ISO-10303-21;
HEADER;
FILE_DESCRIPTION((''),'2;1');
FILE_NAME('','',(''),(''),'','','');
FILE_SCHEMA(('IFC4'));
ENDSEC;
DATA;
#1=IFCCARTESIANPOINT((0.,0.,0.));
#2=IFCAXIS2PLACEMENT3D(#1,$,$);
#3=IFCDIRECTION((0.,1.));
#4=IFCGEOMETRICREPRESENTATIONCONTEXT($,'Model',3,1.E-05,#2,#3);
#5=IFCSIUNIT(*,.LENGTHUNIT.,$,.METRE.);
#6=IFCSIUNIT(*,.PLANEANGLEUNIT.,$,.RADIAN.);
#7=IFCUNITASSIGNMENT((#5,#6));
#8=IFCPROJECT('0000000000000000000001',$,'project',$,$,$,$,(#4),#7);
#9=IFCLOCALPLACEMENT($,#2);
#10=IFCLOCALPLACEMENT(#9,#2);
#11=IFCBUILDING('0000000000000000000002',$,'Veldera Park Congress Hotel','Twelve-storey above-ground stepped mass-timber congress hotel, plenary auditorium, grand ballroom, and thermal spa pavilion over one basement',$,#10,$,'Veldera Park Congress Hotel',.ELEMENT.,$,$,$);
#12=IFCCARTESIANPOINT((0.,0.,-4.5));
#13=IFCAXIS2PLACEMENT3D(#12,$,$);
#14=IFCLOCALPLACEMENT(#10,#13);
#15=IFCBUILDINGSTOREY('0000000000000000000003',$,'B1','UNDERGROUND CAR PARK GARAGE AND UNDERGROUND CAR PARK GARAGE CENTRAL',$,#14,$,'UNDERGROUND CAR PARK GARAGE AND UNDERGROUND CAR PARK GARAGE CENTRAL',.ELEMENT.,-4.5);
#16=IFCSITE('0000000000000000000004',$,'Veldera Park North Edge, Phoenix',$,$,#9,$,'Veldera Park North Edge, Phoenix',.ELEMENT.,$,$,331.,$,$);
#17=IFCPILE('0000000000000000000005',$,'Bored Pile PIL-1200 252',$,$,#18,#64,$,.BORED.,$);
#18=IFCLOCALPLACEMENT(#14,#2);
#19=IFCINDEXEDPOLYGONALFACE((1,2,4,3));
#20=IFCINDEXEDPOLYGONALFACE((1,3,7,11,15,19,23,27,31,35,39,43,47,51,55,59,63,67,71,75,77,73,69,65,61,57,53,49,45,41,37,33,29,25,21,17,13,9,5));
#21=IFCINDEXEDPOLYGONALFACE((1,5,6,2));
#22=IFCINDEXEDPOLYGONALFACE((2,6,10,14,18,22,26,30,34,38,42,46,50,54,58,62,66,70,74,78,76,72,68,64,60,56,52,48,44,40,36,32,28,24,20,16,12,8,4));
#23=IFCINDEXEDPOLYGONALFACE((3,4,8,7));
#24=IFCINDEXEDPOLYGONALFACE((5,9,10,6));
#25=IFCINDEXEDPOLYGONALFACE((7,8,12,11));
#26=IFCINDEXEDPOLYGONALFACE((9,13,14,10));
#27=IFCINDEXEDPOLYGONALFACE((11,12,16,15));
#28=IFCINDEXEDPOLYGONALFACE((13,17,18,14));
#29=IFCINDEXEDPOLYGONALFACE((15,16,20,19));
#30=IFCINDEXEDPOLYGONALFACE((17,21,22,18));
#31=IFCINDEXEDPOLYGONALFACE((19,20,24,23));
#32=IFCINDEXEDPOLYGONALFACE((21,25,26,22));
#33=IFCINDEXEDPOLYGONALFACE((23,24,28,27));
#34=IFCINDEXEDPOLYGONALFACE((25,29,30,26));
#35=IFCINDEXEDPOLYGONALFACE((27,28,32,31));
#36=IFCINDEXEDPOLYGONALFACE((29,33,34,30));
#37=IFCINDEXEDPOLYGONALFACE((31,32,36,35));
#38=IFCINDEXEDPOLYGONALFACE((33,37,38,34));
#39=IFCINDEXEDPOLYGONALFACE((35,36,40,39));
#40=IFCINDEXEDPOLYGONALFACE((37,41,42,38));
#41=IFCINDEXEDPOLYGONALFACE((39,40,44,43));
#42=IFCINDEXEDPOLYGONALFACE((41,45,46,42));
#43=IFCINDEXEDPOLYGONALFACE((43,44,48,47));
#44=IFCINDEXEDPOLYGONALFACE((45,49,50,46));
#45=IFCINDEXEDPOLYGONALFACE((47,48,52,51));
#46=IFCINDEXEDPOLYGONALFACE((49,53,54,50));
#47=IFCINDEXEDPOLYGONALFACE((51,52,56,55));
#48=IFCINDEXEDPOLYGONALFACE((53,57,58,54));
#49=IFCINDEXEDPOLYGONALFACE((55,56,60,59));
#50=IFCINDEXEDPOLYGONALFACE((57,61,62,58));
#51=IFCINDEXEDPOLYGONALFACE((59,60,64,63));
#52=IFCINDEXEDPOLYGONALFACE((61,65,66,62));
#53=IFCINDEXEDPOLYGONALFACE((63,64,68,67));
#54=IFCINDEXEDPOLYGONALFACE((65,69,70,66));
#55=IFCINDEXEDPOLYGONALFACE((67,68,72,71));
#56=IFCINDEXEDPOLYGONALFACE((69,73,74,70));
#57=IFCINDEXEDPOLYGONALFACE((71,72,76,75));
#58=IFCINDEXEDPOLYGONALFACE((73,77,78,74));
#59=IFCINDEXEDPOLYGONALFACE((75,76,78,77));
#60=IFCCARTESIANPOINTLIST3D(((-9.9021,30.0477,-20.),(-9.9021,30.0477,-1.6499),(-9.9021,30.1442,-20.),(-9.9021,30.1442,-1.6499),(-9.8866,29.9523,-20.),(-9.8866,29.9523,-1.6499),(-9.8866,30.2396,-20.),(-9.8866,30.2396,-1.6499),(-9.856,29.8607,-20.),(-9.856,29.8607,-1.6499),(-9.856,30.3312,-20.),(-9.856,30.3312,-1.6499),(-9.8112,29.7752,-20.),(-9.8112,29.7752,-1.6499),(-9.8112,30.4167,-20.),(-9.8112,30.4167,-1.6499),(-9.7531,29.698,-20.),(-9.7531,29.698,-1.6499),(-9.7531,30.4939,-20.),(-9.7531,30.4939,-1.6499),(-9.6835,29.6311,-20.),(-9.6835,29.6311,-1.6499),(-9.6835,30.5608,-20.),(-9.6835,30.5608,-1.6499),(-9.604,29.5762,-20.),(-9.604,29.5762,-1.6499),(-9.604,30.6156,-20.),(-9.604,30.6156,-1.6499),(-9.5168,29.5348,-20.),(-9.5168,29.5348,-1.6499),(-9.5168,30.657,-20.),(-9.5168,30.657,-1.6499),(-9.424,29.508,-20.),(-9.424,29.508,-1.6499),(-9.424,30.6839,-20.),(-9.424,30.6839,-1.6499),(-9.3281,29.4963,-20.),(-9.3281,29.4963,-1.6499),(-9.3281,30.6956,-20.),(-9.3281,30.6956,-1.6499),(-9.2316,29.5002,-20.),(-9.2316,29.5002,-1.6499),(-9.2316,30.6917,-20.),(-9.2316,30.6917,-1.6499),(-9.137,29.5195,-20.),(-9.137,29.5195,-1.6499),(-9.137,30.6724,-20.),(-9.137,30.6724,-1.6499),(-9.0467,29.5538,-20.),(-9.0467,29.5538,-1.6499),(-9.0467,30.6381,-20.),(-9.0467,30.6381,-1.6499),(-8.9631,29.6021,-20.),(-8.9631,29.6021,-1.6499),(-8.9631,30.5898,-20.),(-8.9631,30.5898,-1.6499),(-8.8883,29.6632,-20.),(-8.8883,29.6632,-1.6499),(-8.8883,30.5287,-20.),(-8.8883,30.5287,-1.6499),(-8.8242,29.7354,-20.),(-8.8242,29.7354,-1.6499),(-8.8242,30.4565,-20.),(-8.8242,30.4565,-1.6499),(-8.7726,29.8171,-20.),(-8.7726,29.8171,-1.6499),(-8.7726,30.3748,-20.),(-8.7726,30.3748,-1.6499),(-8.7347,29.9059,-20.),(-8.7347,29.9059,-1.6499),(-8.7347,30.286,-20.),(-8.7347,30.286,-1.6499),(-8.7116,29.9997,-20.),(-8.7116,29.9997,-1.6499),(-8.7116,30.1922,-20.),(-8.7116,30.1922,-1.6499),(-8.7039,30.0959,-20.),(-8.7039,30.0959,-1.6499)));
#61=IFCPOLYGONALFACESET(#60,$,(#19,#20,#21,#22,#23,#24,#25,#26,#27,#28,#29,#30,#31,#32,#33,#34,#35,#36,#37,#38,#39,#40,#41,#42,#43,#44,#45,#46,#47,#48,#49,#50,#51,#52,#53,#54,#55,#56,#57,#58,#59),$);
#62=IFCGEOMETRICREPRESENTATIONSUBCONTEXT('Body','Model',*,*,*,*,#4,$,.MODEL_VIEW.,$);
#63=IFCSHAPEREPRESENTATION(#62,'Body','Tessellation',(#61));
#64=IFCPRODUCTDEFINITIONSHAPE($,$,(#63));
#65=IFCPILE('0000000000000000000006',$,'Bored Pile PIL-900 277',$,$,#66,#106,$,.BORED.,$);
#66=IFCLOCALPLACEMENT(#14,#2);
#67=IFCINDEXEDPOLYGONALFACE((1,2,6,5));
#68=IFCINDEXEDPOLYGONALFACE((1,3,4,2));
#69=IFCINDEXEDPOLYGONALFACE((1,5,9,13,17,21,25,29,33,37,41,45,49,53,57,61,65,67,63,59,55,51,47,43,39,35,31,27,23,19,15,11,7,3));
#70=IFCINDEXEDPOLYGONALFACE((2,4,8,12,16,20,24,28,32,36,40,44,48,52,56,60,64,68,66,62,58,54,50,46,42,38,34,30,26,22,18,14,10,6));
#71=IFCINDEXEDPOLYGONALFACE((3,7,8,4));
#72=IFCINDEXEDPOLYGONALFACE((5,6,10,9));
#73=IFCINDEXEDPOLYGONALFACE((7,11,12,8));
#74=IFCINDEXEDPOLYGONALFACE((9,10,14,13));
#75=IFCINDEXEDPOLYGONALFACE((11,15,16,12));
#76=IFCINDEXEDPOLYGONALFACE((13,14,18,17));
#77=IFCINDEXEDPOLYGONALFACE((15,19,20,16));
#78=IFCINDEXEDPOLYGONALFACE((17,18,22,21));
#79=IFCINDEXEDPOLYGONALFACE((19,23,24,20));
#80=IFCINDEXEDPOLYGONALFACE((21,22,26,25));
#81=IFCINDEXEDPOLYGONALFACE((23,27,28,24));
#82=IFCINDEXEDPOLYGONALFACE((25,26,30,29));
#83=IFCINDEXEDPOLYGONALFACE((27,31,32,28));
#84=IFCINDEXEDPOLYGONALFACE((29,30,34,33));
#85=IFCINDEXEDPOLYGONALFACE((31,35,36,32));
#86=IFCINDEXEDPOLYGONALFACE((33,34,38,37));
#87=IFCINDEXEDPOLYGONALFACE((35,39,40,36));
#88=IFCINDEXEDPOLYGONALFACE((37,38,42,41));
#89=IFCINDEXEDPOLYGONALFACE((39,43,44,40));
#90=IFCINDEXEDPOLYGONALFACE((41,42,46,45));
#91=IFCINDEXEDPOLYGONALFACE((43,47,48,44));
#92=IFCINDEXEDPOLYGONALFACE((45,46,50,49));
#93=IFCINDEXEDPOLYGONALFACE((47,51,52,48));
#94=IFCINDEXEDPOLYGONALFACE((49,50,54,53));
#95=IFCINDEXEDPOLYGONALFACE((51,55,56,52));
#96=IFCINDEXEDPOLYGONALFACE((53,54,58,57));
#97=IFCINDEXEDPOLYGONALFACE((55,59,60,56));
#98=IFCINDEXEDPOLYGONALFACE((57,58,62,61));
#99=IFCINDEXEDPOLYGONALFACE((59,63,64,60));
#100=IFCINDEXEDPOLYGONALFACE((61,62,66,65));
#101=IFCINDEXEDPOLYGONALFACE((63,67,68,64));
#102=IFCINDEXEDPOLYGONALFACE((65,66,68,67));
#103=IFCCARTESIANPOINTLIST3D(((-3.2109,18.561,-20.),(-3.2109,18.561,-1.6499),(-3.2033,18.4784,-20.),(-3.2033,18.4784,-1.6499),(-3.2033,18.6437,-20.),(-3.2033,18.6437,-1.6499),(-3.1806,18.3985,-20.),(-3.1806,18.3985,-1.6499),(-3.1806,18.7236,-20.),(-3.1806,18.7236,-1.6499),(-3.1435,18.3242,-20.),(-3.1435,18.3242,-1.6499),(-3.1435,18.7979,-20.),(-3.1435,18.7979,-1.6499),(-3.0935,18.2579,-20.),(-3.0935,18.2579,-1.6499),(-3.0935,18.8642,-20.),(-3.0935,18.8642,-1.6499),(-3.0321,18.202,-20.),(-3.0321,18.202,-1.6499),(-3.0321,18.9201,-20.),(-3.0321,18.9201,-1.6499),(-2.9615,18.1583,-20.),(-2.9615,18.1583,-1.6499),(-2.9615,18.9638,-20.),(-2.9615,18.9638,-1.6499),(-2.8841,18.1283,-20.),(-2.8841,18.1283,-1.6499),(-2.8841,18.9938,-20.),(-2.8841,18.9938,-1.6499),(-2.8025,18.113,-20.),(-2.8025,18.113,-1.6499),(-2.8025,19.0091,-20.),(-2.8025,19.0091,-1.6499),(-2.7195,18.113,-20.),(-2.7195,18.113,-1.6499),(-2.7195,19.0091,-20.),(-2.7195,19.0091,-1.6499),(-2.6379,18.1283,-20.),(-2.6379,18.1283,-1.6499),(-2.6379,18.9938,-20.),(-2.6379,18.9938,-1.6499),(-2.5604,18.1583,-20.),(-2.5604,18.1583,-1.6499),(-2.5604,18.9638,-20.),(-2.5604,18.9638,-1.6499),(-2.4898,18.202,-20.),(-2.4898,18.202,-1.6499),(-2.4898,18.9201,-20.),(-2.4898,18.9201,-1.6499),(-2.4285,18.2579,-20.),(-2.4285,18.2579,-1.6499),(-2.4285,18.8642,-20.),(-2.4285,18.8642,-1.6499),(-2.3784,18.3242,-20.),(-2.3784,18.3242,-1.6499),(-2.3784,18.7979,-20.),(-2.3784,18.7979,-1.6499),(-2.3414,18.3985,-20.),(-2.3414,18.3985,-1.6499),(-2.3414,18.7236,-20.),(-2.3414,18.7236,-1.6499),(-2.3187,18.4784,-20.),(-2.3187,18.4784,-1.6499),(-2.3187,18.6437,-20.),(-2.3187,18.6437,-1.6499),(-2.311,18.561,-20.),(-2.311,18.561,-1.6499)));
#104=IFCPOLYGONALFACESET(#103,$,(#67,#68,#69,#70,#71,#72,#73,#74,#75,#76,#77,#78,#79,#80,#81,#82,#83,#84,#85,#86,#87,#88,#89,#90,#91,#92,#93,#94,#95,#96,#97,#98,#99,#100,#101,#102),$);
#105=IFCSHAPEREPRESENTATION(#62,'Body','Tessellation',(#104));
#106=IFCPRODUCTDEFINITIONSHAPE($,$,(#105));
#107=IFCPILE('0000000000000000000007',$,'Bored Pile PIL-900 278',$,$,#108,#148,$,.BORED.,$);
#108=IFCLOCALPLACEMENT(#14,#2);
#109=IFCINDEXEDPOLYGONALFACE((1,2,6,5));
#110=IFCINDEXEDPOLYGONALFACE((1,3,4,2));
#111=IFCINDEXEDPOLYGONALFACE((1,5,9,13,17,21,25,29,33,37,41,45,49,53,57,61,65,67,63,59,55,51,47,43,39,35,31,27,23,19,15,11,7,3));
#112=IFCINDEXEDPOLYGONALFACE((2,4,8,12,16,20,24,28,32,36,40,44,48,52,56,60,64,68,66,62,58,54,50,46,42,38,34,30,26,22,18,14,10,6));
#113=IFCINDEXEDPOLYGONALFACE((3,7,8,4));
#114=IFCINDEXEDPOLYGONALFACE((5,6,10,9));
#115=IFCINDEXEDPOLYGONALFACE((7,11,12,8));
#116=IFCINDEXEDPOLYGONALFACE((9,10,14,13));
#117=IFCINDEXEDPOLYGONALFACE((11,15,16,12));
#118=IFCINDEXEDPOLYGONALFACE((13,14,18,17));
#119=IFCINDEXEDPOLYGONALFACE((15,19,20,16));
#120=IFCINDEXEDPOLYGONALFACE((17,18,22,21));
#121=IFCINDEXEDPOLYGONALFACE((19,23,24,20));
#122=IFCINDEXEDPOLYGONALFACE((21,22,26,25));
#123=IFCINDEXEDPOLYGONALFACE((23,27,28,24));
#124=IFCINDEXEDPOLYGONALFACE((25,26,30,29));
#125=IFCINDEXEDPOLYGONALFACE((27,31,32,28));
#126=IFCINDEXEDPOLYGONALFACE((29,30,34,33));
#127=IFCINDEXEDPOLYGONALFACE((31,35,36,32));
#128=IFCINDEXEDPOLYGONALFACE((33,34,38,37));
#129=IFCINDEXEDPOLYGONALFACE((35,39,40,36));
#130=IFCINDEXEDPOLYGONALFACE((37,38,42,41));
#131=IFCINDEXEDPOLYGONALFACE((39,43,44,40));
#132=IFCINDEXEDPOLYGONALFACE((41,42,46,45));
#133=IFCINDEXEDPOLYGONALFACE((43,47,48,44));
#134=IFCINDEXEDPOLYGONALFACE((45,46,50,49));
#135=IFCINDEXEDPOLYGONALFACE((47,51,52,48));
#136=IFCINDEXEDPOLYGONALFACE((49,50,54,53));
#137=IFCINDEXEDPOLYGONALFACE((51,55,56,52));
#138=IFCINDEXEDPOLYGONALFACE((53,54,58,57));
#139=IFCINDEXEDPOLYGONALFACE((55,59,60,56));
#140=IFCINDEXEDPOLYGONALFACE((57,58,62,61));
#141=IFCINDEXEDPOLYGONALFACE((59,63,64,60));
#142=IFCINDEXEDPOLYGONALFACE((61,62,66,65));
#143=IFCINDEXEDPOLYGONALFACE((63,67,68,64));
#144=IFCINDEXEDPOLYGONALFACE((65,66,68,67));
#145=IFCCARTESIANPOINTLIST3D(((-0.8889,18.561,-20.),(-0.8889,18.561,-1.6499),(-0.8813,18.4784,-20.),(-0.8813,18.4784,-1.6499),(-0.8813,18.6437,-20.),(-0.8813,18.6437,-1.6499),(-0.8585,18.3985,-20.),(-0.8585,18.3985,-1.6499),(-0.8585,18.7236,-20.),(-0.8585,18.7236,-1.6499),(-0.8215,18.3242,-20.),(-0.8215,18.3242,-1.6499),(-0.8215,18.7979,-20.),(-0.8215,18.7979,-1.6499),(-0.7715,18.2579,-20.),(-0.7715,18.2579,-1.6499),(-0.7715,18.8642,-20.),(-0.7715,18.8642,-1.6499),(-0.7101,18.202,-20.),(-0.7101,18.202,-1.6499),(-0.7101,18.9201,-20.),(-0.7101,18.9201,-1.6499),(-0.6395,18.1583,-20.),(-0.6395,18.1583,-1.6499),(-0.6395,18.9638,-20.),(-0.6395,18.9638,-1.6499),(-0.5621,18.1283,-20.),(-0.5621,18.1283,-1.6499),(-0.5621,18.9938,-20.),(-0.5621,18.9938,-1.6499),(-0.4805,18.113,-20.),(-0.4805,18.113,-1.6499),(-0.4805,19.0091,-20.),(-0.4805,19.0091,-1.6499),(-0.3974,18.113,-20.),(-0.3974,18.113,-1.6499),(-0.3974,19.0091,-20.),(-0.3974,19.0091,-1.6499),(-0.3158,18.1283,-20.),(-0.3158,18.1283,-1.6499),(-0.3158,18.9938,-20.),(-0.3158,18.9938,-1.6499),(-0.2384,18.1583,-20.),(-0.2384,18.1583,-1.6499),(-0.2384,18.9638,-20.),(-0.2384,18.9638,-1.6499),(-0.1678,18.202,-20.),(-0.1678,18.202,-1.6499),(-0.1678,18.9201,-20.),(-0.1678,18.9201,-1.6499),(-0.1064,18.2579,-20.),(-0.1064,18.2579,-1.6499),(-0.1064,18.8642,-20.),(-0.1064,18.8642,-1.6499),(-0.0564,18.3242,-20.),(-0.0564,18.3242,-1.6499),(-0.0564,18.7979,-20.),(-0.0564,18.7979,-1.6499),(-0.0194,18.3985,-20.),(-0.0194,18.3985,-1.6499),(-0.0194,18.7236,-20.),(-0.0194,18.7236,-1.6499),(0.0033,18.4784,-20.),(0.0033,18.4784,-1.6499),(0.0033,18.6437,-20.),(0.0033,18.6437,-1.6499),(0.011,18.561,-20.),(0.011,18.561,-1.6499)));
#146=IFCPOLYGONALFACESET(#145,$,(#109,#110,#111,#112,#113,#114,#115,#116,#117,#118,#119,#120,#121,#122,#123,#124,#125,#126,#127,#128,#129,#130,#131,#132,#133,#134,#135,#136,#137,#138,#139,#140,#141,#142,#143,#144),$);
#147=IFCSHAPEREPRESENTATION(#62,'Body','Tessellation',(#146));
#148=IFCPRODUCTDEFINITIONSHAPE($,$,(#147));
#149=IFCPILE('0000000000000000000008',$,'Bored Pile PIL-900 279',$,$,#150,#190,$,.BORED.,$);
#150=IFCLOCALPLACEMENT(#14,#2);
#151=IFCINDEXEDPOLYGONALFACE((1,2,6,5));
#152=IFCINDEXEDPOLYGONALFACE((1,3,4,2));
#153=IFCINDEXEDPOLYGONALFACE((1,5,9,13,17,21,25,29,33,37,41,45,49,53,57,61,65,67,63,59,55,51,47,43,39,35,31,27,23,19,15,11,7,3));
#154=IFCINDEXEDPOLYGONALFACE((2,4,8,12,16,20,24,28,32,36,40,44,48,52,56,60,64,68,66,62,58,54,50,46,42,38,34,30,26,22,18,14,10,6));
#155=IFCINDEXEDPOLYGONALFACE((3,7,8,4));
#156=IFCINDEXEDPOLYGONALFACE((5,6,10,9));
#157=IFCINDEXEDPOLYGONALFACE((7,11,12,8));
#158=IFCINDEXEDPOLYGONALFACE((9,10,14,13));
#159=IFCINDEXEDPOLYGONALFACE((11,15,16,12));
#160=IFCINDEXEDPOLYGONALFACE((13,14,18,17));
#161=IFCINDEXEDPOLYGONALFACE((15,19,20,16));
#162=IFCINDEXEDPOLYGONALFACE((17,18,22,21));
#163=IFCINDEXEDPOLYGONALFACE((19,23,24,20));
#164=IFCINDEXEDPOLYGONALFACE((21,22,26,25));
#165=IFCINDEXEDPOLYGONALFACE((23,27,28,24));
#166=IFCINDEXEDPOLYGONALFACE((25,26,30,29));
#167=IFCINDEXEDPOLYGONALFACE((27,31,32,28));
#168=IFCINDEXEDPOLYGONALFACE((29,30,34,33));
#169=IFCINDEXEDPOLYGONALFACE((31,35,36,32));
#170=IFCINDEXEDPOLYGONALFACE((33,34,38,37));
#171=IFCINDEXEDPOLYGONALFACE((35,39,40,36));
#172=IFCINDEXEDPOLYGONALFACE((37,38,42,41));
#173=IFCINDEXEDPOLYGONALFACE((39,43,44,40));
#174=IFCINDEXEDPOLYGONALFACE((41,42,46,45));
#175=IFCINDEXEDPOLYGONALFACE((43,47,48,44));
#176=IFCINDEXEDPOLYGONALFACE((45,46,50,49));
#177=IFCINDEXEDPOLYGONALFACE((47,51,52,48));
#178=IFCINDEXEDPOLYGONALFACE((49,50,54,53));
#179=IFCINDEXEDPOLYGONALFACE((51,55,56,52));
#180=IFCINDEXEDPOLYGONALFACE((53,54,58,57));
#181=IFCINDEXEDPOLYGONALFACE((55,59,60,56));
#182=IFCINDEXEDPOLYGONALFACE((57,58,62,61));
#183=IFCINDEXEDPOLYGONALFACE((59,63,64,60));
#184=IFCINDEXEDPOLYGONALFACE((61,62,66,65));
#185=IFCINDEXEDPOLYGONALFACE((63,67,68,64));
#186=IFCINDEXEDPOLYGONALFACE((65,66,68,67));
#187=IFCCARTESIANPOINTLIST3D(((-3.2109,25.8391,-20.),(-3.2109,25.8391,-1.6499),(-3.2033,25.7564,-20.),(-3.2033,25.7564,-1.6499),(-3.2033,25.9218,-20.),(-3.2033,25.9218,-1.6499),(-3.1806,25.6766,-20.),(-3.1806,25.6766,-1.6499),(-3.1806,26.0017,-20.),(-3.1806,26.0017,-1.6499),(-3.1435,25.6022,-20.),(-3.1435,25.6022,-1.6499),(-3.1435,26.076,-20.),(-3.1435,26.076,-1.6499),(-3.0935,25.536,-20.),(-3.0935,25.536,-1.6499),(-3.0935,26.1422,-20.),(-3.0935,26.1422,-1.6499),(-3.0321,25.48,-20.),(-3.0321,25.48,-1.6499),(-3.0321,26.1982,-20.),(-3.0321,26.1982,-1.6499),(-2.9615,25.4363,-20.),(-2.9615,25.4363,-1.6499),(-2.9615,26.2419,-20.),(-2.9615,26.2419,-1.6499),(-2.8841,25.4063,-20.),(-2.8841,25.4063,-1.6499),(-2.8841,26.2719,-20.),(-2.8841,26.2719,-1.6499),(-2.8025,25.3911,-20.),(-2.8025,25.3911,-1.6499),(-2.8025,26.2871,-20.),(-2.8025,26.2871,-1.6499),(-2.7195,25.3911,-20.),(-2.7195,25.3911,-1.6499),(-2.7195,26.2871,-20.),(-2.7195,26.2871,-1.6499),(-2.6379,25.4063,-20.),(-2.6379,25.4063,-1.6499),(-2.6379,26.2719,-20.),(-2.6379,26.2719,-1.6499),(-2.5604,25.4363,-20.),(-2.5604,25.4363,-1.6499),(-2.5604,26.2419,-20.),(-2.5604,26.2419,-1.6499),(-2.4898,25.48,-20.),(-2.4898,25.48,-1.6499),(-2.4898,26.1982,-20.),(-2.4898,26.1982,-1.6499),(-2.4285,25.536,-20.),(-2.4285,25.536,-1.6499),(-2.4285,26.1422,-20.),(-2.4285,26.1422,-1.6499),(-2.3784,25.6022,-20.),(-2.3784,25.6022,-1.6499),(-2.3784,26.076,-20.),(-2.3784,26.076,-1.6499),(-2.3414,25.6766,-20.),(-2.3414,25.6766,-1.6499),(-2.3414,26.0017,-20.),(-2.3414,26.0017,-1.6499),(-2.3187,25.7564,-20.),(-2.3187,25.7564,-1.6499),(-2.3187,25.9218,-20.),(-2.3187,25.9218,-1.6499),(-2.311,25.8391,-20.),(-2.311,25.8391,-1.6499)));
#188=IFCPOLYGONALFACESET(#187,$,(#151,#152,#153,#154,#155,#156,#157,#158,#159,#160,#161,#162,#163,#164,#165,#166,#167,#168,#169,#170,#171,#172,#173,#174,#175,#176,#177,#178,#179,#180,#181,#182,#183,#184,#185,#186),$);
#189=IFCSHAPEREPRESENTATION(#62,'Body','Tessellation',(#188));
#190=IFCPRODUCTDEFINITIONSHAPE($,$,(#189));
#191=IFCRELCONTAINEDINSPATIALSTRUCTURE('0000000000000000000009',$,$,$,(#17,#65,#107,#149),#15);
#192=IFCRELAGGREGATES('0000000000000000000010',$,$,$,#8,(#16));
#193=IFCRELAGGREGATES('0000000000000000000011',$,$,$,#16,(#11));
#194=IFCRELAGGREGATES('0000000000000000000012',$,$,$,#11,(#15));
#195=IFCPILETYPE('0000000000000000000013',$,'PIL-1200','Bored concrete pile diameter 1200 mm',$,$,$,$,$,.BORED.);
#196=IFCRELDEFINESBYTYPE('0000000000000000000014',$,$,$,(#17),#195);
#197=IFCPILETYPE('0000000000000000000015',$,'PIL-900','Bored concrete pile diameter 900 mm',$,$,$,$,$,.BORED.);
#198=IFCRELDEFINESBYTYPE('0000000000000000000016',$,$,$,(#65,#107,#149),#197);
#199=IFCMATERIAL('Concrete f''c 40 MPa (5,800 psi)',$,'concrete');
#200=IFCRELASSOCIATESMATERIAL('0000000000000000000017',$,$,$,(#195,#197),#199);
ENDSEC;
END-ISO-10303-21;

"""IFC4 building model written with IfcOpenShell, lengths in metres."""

from ifc_helpers import new_model, si_unit, direction, frame, origin, origin_2d, place, context, subcontext, project, spatial, circle, extrude, material, material_profile, profile_set, type_object, element, save


model = new_model("IFC4")

# Units and contexts
model_context = context("Model", 3, precision=1e-05, world=origin(), true_north=direction((0.0, 1.0)))
body_context = subcontext(model_context, "Body", "Model", "MODEL_VIEW")
ifc_project = project(units=[si_unit("LENGTHUNIT", "METRE"), si_unit("PLANEANGLEUNIT", "RADIAN")], contexts=[model_context])

# Site, building, storey
site_placement = place(None, origin())
site = spatial("IfcSite", under=ifc_project, at=site_placement, Name="Veldera Park North Edge, Phoenix", LongName="Veldera Park North Edge, Phoenix", CompositionType="ELEMENT", RefElevation=331.0)
building_placement = place(site_placement, origin())
building = spatial("IfcBuilding", under=site, at=building_placement, Name="Veldera Park Congress Hotel", Description="Twelve-storey above-ground stepped mass-timber congress hotel, plenary auditorium, grand ballroom, and thermal spa pavilion over one basement", LongName="Veldera Park Congress Hotel", CompositionType="ELEMENT")
storey_placement = place(building_placement, frame((0.0, 0.0, -4.5)))
storey = spatial("IfcBuildingStorey", under=building, at=storey_placement, Name="B1", Description="UNDERGROUND CAR PARK GARAGE AND UNDERGROUND CAR PARK GARAGE CENTRAL", LongName="UNDERGROUND CAR PARK GARAGE AND UNDERGROUND CAR PARK GARAGE CENTRAL", CompositionType="ELEMENT", Elevation=-4.5)

# Shared definitions
ifc_material_1 = material(Name="Concrete f'c 40 MPa (5,800 psi)", Category="concrete")

# Piles
ifc_material_profile_1 = material_profile(ifc_material_1, circle(Radius=0.6001, at=origin_2d()), Name="PILE D1200")
ifc_profile_set_1 = profile_set([ifc_material_profile_1], Name="Concrete f'c 40 MPa (5,800 psi)")
pile_type_1 = type_object("IfcPileType", Name="PIL-1200", Description="Bored concrete pile diameter 1200 mm", PredefinedType="BORED", material=ifc_profile_set_1)
for number, where, z_axis, x_axis, name in (
    (1, (-9.304, 30.0959, -1.6499), (0.0, 0.0, -1.0), (1.0, 0.0, 0.0), "Bored Pile PIL-1200 252"),
):
    element("IfcPile", number, at=place(storey_placement, frame(where, z_axis=z_axis, x_axis=x_axis)), inside=storey, type_object=pile_type_1, Name=name, PredefinedType="BORED", context=body_context, shape_type="SweptSolid", body=[
        extrude(circle(Radius=0.6001, at=origin_2d()), origin(), (0.0, 0.0, 1.0), 18.3501),
    ])
ifc_material_profile_2 = material_profile(ifc_material_1, circle(Radius=0.45, at=origin_2d()), Name="PILE D900")
ifc_profile_set_2 = profile_set([ifc_material_profile_2], Name="Concrete f'c 40 MPa (5,800 psi)")
pile_type_2 = type_object("IfcPileType", Name="PIL-900", Description="Bored concrete pile diameter 900 mm", PredefinedType="BORED", material=ifc_profile_set_2)
for number, where, z_axis, x_axis, name in (
    (2, (-2.761, 18.561, -1.6499), (0.0, 0.0, -1.0), (1.0, 0.0, 0.0), "Bored Pile PIL-900 277"),
    (3, (-0.439, 18.561, -1.6499), (0.0, 0.0, -1.0), (1.0, 0.0, 0.0), "Bored Pile PIL-900 278"),
    (4, (-2.761, 25.8391, -1.6499), (0.0, 0.0, -1.0), (1.0, 0.0, 0.0), "Bored Pile PIL-900 279"),
):
    element("IfcPile", number, at=place(storey_placement, frame(where, z_axis=z_axis, x_axis=x_axis)), inside=storey, type_object=pile_type_2, Name=name, PredefinedType="BORED", context=body_context, shape_type="SweptSolid", body=[
        extrude(circle(Radius=0.45, at=origin_2d()), origin(), (0.0, 0.0, 1.0), 18.3501),
    ])

save(model, "model.ifc")
